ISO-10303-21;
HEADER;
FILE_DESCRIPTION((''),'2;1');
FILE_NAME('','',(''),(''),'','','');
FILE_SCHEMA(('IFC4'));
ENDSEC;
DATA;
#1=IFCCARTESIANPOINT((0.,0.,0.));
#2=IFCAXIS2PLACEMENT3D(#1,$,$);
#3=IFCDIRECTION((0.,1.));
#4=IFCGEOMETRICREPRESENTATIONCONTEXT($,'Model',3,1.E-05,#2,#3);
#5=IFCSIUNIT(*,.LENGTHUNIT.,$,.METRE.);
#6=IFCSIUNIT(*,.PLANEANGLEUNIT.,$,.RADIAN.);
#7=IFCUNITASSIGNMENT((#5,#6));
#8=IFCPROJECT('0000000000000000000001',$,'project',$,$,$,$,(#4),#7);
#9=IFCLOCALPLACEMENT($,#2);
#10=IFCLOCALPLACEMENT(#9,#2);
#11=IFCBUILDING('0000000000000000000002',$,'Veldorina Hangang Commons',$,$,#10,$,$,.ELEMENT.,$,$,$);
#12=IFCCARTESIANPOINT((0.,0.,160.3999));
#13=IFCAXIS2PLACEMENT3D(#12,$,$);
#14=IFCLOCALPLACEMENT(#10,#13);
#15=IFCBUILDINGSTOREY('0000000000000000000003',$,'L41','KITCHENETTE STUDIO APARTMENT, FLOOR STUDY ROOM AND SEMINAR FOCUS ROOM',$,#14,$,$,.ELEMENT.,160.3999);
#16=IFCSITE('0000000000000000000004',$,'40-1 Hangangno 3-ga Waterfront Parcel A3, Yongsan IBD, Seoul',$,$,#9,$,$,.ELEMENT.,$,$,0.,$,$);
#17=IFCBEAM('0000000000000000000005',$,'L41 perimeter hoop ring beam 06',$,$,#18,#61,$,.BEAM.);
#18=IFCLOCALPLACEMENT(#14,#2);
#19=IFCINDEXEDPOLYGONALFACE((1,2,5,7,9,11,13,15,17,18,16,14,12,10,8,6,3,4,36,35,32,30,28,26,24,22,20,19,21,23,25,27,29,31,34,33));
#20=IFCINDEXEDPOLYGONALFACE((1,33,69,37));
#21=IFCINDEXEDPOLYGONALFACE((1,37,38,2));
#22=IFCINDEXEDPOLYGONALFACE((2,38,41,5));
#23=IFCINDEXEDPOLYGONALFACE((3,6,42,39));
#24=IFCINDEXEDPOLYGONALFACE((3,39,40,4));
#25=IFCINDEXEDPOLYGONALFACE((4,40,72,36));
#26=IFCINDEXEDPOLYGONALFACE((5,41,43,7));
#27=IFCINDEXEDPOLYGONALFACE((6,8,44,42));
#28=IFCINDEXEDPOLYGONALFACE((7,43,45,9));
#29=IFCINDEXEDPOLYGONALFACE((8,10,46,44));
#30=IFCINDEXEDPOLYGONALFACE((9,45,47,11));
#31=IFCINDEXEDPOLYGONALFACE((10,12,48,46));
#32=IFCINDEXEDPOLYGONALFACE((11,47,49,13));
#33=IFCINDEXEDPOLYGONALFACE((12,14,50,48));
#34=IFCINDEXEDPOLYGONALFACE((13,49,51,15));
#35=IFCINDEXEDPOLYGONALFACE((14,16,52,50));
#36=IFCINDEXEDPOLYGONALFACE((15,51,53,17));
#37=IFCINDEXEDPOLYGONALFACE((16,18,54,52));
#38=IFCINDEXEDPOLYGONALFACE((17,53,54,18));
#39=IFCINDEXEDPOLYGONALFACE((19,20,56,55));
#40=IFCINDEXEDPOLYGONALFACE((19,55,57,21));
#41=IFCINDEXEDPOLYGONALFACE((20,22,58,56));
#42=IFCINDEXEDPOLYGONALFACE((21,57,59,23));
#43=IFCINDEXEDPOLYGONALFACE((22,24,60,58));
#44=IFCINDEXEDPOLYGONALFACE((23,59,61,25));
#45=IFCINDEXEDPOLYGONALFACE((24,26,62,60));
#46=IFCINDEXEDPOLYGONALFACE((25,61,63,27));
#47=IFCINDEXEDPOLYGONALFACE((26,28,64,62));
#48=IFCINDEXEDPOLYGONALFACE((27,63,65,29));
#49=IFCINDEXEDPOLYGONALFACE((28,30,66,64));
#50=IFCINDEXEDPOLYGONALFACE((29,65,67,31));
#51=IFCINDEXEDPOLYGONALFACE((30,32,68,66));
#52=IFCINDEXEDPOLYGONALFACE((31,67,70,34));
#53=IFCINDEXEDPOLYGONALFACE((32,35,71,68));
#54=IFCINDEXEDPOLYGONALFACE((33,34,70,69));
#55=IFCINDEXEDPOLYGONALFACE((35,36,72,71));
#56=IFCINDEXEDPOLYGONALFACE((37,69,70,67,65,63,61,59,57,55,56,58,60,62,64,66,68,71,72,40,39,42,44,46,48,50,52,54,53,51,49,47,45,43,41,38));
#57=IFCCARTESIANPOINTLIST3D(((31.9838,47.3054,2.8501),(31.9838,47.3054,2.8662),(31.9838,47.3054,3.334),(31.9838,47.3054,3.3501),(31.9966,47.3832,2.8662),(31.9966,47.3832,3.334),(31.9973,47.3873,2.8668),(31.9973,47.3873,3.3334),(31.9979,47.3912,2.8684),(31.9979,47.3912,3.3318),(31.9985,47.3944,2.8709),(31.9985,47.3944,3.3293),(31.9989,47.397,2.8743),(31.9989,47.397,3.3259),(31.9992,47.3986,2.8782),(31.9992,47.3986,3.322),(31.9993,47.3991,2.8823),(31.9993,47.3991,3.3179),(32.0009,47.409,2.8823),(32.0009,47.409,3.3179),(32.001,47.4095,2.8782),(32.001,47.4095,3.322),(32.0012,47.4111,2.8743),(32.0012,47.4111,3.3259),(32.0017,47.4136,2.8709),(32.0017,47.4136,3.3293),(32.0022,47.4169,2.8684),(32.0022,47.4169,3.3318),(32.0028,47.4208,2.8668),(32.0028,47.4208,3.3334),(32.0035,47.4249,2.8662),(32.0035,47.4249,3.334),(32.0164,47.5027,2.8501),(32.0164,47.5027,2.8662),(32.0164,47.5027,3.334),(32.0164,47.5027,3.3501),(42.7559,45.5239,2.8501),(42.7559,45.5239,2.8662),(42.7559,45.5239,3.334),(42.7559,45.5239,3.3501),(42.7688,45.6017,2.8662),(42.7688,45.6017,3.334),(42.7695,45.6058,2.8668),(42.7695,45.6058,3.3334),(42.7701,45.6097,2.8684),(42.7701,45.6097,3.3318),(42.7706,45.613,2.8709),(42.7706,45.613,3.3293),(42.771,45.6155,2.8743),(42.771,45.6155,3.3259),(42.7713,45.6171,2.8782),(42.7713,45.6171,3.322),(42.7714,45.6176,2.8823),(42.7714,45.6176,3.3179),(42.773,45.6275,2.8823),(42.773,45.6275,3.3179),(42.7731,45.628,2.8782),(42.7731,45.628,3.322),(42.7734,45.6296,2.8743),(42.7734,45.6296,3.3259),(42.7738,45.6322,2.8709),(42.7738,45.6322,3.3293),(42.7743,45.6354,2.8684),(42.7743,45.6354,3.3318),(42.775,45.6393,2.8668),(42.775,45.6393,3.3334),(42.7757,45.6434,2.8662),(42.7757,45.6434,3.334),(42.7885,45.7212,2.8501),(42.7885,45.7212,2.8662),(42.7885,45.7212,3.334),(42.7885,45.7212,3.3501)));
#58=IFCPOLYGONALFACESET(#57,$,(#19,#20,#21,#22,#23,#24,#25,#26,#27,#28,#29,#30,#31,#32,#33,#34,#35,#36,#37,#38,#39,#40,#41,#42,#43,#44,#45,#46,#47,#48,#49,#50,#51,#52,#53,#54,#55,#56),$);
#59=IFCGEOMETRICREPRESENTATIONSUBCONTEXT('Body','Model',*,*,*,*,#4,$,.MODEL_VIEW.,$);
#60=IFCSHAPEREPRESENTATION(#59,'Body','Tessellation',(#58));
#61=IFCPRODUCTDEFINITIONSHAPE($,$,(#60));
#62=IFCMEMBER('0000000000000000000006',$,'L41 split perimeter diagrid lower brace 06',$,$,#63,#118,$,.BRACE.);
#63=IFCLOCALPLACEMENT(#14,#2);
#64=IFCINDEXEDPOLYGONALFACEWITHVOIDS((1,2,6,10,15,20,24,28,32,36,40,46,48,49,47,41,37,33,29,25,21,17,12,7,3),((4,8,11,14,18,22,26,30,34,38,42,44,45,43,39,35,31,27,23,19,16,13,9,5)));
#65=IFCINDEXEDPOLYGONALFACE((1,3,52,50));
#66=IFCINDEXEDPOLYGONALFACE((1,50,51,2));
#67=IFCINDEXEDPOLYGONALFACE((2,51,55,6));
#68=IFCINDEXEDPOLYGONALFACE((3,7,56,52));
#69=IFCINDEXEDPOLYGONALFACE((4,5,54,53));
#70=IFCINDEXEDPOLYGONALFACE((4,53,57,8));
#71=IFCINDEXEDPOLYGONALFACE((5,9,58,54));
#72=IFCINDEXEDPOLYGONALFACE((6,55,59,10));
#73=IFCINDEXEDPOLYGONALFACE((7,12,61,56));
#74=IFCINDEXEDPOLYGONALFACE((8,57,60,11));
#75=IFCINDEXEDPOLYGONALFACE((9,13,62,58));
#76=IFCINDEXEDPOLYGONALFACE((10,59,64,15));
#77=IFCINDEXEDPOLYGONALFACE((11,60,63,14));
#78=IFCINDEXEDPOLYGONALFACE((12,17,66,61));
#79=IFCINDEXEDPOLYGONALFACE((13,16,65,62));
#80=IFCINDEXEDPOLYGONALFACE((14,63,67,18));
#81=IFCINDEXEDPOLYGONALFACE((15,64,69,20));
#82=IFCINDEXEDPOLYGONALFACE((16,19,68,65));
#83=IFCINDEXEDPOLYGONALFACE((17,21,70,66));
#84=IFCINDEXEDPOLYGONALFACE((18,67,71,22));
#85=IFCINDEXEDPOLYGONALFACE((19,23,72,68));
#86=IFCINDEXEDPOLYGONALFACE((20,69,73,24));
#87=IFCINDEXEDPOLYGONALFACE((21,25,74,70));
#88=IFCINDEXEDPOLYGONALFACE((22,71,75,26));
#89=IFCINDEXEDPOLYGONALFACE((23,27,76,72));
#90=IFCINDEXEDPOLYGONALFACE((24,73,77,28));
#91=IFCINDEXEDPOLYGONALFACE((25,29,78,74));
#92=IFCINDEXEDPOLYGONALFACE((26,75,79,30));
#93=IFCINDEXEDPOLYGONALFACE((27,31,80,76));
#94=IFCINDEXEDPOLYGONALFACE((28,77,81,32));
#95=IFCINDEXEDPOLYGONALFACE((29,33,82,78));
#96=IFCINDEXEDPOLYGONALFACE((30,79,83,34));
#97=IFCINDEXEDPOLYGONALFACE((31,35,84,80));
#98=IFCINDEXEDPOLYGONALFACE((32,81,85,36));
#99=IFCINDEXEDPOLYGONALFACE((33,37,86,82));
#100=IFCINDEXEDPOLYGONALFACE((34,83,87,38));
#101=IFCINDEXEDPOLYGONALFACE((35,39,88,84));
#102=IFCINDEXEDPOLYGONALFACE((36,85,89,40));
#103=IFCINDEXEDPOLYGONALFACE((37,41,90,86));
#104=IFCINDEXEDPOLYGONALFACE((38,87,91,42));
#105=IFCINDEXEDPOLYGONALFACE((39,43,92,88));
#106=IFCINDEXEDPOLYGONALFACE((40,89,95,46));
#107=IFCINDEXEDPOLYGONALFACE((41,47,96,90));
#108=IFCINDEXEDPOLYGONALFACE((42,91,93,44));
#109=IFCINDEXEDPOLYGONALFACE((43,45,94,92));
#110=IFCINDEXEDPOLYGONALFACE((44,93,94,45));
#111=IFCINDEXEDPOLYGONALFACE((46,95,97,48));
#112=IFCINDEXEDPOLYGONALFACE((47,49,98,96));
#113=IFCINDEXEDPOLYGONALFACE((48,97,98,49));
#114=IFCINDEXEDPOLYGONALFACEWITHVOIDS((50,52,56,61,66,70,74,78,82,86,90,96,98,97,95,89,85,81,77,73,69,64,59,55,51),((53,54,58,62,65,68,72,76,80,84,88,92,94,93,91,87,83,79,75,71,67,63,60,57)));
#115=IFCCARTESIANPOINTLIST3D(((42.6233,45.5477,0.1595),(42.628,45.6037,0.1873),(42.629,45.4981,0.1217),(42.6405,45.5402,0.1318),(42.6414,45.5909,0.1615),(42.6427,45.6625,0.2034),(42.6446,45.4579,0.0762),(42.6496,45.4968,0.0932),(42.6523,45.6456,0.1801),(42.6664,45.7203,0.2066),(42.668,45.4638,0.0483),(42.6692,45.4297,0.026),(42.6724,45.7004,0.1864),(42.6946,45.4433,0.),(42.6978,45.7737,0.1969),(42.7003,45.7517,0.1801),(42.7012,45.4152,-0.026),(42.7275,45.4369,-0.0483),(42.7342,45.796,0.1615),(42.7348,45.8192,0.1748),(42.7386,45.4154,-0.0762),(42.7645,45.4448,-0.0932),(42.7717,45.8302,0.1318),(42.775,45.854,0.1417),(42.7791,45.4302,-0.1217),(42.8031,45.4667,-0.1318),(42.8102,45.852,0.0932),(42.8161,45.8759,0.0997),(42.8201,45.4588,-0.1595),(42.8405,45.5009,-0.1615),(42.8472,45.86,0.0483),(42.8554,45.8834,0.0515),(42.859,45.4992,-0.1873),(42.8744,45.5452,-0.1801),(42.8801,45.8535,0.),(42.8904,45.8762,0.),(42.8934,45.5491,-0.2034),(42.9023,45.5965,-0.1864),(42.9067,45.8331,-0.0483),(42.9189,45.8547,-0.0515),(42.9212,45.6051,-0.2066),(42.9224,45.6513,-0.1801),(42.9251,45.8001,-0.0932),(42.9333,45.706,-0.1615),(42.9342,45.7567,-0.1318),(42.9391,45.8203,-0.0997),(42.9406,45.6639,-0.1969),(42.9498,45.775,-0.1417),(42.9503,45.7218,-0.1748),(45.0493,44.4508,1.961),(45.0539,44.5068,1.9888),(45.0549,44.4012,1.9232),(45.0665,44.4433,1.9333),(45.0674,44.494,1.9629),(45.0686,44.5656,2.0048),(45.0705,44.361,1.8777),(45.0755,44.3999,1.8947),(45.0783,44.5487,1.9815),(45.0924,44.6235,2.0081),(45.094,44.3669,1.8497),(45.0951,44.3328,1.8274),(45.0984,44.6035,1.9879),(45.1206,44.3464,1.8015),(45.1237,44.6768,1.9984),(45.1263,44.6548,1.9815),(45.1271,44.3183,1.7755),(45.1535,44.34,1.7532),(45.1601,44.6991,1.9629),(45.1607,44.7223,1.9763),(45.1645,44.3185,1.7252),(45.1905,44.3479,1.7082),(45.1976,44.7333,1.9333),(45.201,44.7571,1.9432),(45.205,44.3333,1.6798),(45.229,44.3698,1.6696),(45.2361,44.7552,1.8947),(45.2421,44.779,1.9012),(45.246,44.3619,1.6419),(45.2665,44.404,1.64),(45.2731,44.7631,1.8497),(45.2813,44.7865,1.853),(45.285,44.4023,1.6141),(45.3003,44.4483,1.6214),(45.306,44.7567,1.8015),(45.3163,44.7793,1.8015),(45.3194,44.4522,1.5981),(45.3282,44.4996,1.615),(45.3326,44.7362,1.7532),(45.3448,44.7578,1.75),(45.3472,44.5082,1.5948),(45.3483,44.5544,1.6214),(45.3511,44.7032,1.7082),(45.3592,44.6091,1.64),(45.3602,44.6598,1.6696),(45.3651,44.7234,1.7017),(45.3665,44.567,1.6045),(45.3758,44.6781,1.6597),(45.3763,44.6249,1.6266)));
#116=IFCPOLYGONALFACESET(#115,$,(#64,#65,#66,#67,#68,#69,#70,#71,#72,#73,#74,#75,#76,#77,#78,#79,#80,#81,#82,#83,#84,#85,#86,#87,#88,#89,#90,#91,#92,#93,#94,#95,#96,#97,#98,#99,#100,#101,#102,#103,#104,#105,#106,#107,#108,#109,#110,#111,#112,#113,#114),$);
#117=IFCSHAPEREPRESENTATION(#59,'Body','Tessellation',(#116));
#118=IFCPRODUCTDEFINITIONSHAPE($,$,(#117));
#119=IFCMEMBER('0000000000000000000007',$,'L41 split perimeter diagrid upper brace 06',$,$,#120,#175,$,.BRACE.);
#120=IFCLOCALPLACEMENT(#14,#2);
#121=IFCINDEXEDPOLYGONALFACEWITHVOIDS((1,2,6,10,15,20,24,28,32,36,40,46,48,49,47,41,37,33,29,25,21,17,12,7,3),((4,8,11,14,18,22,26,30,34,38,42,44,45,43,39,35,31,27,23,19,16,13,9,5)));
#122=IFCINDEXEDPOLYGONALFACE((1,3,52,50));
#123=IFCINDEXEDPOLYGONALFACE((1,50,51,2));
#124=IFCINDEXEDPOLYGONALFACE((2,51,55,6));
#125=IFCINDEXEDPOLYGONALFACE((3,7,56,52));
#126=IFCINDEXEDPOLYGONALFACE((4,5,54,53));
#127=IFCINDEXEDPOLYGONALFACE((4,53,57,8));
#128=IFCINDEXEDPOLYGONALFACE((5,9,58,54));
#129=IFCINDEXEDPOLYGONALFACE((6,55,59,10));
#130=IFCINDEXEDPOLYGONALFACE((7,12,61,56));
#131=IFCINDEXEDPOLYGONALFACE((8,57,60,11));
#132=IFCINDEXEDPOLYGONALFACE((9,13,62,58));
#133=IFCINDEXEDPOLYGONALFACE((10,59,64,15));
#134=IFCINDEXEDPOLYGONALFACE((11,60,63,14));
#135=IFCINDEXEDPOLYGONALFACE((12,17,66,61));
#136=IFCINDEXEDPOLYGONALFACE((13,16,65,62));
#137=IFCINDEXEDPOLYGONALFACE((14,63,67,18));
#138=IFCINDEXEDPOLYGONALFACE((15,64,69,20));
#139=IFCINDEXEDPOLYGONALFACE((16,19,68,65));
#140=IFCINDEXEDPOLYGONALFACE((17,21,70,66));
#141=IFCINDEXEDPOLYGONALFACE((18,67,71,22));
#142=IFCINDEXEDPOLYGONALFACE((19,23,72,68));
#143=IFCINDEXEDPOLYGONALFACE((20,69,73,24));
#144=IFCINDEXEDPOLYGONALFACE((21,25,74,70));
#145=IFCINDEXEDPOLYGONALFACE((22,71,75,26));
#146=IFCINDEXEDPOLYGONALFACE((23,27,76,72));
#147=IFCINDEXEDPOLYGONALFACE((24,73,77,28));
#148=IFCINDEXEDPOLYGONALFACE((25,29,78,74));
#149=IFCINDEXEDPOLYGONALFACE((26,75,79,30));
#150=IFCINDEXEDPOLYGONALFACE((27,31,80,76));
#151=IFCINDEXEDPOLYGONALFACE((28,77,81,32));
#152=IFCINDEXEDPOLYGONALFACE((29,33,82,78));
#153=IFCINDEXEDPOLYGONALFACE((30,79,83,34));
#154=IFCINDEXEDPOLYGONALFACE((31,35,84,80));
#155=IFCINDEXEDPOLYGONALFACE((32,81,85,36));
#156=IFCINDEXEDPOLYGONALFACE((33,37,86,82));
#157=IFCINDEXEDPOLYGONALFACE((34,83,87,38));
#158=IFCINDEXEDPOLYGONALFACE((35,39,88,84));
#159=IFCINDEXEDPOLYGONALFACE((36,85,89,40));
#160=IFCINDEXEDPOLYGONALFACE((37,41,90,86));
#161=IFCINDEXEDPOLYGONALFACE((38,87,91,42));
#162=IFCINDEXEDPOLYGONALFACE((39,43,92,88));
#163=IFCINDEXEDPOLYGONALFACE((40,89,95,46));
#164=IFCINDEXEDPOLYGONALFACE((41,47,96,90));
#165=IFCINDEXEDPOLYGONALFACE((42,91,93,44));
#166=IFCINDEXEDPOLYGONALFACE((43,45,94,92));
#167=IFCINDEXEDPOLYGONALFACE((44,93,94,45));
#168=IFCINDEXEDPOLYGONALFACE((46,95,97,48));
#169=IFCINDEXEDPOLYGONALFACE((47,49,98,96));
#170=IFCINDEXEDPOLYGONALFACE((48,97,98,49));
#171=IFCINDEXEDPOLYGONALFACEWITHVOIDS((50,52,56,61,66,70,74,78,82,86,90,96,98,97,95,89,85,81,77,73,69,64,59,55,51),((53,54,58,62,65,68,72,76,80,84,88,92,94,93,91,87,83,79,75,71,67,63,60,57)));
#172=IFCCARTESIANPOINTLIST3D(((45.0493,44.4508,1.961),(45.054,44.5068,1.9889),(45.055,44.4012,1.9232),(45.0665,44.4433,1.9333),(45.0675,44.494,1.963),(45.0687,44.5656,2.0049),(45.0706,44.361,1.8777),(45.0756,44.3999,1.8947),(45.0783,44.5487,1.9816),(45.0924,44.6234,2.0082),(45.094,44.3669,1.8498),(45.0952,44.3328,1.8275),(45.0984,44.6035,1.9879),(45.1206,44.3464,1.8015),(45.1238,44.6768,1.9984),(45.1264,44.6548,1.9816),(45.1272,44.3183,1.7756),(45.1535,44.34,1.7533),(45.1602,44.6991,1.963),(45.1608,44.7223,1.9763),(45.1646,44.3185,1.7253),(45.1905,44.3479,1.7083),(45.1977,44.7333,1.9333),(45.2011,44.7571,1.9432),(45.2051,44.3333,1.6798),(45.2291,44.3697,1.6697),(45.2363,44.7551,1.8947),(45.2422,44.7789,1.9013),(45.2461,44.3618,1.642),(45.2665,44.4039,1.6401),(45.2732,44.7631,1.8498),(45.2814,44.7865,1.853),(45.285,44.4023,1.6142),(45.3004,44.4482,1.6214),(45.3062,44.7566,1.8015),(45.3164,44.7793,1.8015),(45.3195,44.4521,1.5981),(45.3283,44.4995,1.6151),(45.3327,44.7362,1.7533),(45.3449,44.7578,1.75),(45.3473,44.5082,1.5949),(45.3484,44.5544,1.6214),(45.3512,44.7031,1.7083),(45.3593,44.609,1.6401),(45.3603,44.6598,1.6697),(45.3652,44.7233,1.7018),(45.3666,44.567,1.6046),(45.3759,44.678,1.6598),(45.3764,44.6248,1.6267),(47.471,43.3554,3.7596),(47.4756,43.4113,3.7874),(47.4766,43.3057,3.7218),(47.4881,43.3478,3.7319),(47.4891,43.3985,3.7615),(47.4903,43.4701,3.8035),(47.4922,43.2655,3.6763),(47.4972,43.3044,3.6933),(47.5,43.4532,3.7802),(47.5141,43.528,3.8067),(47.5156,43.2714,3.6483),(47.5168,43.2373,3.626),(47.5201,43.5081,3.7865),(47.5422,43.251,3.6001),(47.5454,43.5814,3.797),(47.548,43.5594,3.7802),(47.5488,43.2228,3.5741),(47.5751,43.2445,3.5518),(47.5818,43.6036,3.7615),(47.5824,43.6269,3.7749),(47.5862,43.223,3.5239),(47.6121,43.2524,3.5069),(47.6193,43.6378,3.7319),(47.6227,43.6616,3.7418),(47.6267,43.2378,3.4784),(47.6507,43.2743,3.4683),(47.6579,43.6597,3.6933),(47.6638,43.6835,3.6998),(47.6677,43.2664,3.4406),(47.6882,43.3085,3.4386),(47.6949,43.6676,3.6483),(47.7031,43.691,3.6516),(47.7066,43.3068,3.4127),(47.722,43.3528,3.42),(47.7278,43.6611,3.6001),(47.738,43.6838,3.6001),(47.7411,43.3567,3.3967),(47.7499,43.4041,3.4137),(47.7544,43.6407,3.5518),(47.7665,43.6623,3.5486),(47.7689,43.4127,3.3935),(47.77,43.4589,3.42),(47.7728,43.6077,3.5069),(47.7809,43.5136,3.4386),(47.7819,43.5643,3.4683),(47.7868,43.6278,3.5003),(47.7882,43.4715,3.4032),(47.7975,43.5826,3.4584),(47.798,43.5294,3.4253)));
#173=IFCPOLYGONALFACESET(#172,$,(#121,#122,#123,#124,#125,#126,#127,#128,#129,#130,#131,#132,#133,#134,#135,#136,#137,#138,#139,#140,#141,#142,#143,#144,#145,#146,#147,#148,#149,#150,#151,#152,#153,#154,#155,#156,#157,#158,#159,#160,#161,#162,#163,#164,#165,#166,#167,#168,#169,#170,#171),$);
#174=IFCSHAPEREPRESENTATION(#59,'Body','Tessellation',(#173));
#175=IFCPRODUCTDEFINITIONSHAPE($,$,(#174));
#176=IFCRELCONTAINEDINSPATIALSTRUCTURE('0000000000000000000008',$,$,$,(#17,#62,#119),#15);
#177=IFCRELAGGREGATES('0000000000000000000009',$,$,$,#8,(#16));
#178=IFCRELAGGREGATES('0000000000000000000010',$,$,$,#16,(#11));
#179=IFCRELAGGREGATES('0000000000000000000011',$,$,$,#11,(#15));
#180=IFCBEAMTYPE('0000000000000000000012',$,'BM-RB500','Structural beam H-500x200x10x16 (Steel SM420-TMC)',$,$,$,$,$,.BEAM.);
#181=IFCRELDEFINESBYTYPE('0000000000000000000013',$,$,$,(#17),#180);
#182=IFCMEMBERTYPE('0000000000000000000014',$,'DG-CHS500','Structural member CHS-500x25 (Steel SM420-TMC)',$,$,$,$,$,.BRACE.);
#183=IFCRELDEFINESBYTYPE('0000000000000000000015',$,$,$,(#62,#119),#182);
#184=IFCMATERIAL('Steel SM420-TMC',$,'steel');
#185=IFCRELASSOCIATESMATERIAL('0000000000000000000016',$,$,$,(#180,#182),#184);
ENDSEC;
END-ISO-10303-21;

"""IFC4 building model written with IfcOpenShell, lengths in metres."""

from ifc_helpers import new_model, si_unit, direction, frame, origin, origin_2d, place, context, subcontext, project, spatial, hollow_circle, i_section, extrude, material, material_profile, profile_set, type_object, element, save


model = new_model("IFC4")

# Units and contexts
model_context = context("Model", 3, precision=1e-05, world=origin(), true_north=direction((0.0, 1.0)))
body_context = subcontext(model_context, "Body", "Model", "MODEL_VIEW")
ifc_project = project(units=[si_unit("LENGTHUNIT", "METRE"), si_unit("PLANEANGLEUNIT", "RADIAN")], contexts=[model_context])

# Site, building, storey
site_placement = place(None, origin())
site = spatial("IfcSite", under=ifc_project, at=site_placement, Name="40-1 Hangangno 3-ga Waterfront Parcel A3, Yongsan IBD, Seoul", CompositionType="ELEMENT", RefElevation=0.0)
building_placement = place(site_placement, origin())
building = spatial("IfcBuilding", under=site, at=building_placement, Name="Veldorina Hangang Commons", CompositionType="ELEMENT")
storey_placement = place(building_placement, frame((0.0, 0.0, 160.3999)))
storey = spatial("IfcBuildingStorey", under=building, at=storey_placement, Name="L41", Description="KITCHENETTE STUDIO APARTMENT, FLOOR STUDY ROOM AND SEMINAR FOCUS ROOM", CompositionType="ELEMENT", Elevation=160.3999)

# Beam
ifc_material_1 = material(Name="Steel SM420-TMC", Category="steel")
ifc_material_profile_1 = material_profile(ifc_material_1, i_section(OverallWidth=0.2, OverallDepth=0.5, WebThickness=0.01, FlangeThickness=0.0161, FilletRadius=0.0161, at=origin_2d()), Name="H-500x200x10x16")
ifc_profile_set_1 = profile_set([ifc_material_profile_1], Name="Steel SM420-TMC")
beam_type = type_object("IfcBeamType", Name="BM-RB500", Description="Structural beam H-500x200x10x16 (Steel SM420-TMC)", PredefinedType="BEAM", material=ifc_profile_set_1)
beam_placement = place(storey_placement, frame((42.7722, 45.6226, 3.1001), z_axis=(-0.986599, 0.163162, 0.0), x_axis=(-0.163162, -0.986599, 0.0)))
element("IfcBeam", 1, at=beam_placement, inside=storey, type_object=beam_type, Name="L41 perimeter hoop ring beam 06", PredefinedType="BEAM", context=body_context, shape_type="SweptSolid", body=[
    extrude(i_section(OverallWidth=0.2, OverallDepth=0.5, WebThickness=0.01, FlangeThickness=0.0161, FilletRadius=0.0161, at=origin_2d()), origin(), (0.0, 0.0, 1.0), 10.9185),
])

# Members
ifc_material_profile_2 = material_profile(ifc_material_1, hollow_circle(Radius=0.25, WallThickness=0.0249, at=origin_2d()), Name="CHS-500x25")
ifc_profile_set_2 = profile_set([ifc_material_profile_2], Name="Steel SM420-TMC")
member_type = type_object("IfcMemberType", Name="DG-CHS500", Description="Structural member CHS-500x25 (Steel SM420-TMC)", PredefinedType="BRACE", material=ifc_profile_set_2)
member_1_placement = place(storey_placement, frame((42.7874, 45.6484, 0.0), z_axis=(0.754666, -0.341221, 0.560399), x_axis=(0.411992, 0.911187, 0.0)))
element("IfcMember", 2, at=member_1_placement, inside=storey, type_object=member_type, Name="L41 split perimeter diagrid lower brace 06", PredefinedType="BRACE", context=body_context, shape_type="SweptSolid", body=[
    extrude(hollow_circle(Radius=0.25, WallThickness=0.0249, at=origin_2d()), origin(), (0.0, 0.0, 1.0), 3.2146),
])
member_2_placement = place(storey_placement, frame((45.2134, 44.5515, 1.8015), z_axis=(0.75458, -0.341345, 0.560439), x_axis=(0.412155, 0.911114, 0.0)))
element("IfcMember", 3, at=member_2_placement, inside=storey, type_object=member_type, Name="L41 split perimeter diagrid upper brace 06", PredefinedType="BRACE", context=body_context, shape_type="SweptSolid", body=[
    extrude(hollow_circle(Radius=0.25, WallThickness=0.0249, at=origin_2d()), origin(), (0.0, 0.0, 1.0), 3.2092),
])

save(model, "model.ifc")
